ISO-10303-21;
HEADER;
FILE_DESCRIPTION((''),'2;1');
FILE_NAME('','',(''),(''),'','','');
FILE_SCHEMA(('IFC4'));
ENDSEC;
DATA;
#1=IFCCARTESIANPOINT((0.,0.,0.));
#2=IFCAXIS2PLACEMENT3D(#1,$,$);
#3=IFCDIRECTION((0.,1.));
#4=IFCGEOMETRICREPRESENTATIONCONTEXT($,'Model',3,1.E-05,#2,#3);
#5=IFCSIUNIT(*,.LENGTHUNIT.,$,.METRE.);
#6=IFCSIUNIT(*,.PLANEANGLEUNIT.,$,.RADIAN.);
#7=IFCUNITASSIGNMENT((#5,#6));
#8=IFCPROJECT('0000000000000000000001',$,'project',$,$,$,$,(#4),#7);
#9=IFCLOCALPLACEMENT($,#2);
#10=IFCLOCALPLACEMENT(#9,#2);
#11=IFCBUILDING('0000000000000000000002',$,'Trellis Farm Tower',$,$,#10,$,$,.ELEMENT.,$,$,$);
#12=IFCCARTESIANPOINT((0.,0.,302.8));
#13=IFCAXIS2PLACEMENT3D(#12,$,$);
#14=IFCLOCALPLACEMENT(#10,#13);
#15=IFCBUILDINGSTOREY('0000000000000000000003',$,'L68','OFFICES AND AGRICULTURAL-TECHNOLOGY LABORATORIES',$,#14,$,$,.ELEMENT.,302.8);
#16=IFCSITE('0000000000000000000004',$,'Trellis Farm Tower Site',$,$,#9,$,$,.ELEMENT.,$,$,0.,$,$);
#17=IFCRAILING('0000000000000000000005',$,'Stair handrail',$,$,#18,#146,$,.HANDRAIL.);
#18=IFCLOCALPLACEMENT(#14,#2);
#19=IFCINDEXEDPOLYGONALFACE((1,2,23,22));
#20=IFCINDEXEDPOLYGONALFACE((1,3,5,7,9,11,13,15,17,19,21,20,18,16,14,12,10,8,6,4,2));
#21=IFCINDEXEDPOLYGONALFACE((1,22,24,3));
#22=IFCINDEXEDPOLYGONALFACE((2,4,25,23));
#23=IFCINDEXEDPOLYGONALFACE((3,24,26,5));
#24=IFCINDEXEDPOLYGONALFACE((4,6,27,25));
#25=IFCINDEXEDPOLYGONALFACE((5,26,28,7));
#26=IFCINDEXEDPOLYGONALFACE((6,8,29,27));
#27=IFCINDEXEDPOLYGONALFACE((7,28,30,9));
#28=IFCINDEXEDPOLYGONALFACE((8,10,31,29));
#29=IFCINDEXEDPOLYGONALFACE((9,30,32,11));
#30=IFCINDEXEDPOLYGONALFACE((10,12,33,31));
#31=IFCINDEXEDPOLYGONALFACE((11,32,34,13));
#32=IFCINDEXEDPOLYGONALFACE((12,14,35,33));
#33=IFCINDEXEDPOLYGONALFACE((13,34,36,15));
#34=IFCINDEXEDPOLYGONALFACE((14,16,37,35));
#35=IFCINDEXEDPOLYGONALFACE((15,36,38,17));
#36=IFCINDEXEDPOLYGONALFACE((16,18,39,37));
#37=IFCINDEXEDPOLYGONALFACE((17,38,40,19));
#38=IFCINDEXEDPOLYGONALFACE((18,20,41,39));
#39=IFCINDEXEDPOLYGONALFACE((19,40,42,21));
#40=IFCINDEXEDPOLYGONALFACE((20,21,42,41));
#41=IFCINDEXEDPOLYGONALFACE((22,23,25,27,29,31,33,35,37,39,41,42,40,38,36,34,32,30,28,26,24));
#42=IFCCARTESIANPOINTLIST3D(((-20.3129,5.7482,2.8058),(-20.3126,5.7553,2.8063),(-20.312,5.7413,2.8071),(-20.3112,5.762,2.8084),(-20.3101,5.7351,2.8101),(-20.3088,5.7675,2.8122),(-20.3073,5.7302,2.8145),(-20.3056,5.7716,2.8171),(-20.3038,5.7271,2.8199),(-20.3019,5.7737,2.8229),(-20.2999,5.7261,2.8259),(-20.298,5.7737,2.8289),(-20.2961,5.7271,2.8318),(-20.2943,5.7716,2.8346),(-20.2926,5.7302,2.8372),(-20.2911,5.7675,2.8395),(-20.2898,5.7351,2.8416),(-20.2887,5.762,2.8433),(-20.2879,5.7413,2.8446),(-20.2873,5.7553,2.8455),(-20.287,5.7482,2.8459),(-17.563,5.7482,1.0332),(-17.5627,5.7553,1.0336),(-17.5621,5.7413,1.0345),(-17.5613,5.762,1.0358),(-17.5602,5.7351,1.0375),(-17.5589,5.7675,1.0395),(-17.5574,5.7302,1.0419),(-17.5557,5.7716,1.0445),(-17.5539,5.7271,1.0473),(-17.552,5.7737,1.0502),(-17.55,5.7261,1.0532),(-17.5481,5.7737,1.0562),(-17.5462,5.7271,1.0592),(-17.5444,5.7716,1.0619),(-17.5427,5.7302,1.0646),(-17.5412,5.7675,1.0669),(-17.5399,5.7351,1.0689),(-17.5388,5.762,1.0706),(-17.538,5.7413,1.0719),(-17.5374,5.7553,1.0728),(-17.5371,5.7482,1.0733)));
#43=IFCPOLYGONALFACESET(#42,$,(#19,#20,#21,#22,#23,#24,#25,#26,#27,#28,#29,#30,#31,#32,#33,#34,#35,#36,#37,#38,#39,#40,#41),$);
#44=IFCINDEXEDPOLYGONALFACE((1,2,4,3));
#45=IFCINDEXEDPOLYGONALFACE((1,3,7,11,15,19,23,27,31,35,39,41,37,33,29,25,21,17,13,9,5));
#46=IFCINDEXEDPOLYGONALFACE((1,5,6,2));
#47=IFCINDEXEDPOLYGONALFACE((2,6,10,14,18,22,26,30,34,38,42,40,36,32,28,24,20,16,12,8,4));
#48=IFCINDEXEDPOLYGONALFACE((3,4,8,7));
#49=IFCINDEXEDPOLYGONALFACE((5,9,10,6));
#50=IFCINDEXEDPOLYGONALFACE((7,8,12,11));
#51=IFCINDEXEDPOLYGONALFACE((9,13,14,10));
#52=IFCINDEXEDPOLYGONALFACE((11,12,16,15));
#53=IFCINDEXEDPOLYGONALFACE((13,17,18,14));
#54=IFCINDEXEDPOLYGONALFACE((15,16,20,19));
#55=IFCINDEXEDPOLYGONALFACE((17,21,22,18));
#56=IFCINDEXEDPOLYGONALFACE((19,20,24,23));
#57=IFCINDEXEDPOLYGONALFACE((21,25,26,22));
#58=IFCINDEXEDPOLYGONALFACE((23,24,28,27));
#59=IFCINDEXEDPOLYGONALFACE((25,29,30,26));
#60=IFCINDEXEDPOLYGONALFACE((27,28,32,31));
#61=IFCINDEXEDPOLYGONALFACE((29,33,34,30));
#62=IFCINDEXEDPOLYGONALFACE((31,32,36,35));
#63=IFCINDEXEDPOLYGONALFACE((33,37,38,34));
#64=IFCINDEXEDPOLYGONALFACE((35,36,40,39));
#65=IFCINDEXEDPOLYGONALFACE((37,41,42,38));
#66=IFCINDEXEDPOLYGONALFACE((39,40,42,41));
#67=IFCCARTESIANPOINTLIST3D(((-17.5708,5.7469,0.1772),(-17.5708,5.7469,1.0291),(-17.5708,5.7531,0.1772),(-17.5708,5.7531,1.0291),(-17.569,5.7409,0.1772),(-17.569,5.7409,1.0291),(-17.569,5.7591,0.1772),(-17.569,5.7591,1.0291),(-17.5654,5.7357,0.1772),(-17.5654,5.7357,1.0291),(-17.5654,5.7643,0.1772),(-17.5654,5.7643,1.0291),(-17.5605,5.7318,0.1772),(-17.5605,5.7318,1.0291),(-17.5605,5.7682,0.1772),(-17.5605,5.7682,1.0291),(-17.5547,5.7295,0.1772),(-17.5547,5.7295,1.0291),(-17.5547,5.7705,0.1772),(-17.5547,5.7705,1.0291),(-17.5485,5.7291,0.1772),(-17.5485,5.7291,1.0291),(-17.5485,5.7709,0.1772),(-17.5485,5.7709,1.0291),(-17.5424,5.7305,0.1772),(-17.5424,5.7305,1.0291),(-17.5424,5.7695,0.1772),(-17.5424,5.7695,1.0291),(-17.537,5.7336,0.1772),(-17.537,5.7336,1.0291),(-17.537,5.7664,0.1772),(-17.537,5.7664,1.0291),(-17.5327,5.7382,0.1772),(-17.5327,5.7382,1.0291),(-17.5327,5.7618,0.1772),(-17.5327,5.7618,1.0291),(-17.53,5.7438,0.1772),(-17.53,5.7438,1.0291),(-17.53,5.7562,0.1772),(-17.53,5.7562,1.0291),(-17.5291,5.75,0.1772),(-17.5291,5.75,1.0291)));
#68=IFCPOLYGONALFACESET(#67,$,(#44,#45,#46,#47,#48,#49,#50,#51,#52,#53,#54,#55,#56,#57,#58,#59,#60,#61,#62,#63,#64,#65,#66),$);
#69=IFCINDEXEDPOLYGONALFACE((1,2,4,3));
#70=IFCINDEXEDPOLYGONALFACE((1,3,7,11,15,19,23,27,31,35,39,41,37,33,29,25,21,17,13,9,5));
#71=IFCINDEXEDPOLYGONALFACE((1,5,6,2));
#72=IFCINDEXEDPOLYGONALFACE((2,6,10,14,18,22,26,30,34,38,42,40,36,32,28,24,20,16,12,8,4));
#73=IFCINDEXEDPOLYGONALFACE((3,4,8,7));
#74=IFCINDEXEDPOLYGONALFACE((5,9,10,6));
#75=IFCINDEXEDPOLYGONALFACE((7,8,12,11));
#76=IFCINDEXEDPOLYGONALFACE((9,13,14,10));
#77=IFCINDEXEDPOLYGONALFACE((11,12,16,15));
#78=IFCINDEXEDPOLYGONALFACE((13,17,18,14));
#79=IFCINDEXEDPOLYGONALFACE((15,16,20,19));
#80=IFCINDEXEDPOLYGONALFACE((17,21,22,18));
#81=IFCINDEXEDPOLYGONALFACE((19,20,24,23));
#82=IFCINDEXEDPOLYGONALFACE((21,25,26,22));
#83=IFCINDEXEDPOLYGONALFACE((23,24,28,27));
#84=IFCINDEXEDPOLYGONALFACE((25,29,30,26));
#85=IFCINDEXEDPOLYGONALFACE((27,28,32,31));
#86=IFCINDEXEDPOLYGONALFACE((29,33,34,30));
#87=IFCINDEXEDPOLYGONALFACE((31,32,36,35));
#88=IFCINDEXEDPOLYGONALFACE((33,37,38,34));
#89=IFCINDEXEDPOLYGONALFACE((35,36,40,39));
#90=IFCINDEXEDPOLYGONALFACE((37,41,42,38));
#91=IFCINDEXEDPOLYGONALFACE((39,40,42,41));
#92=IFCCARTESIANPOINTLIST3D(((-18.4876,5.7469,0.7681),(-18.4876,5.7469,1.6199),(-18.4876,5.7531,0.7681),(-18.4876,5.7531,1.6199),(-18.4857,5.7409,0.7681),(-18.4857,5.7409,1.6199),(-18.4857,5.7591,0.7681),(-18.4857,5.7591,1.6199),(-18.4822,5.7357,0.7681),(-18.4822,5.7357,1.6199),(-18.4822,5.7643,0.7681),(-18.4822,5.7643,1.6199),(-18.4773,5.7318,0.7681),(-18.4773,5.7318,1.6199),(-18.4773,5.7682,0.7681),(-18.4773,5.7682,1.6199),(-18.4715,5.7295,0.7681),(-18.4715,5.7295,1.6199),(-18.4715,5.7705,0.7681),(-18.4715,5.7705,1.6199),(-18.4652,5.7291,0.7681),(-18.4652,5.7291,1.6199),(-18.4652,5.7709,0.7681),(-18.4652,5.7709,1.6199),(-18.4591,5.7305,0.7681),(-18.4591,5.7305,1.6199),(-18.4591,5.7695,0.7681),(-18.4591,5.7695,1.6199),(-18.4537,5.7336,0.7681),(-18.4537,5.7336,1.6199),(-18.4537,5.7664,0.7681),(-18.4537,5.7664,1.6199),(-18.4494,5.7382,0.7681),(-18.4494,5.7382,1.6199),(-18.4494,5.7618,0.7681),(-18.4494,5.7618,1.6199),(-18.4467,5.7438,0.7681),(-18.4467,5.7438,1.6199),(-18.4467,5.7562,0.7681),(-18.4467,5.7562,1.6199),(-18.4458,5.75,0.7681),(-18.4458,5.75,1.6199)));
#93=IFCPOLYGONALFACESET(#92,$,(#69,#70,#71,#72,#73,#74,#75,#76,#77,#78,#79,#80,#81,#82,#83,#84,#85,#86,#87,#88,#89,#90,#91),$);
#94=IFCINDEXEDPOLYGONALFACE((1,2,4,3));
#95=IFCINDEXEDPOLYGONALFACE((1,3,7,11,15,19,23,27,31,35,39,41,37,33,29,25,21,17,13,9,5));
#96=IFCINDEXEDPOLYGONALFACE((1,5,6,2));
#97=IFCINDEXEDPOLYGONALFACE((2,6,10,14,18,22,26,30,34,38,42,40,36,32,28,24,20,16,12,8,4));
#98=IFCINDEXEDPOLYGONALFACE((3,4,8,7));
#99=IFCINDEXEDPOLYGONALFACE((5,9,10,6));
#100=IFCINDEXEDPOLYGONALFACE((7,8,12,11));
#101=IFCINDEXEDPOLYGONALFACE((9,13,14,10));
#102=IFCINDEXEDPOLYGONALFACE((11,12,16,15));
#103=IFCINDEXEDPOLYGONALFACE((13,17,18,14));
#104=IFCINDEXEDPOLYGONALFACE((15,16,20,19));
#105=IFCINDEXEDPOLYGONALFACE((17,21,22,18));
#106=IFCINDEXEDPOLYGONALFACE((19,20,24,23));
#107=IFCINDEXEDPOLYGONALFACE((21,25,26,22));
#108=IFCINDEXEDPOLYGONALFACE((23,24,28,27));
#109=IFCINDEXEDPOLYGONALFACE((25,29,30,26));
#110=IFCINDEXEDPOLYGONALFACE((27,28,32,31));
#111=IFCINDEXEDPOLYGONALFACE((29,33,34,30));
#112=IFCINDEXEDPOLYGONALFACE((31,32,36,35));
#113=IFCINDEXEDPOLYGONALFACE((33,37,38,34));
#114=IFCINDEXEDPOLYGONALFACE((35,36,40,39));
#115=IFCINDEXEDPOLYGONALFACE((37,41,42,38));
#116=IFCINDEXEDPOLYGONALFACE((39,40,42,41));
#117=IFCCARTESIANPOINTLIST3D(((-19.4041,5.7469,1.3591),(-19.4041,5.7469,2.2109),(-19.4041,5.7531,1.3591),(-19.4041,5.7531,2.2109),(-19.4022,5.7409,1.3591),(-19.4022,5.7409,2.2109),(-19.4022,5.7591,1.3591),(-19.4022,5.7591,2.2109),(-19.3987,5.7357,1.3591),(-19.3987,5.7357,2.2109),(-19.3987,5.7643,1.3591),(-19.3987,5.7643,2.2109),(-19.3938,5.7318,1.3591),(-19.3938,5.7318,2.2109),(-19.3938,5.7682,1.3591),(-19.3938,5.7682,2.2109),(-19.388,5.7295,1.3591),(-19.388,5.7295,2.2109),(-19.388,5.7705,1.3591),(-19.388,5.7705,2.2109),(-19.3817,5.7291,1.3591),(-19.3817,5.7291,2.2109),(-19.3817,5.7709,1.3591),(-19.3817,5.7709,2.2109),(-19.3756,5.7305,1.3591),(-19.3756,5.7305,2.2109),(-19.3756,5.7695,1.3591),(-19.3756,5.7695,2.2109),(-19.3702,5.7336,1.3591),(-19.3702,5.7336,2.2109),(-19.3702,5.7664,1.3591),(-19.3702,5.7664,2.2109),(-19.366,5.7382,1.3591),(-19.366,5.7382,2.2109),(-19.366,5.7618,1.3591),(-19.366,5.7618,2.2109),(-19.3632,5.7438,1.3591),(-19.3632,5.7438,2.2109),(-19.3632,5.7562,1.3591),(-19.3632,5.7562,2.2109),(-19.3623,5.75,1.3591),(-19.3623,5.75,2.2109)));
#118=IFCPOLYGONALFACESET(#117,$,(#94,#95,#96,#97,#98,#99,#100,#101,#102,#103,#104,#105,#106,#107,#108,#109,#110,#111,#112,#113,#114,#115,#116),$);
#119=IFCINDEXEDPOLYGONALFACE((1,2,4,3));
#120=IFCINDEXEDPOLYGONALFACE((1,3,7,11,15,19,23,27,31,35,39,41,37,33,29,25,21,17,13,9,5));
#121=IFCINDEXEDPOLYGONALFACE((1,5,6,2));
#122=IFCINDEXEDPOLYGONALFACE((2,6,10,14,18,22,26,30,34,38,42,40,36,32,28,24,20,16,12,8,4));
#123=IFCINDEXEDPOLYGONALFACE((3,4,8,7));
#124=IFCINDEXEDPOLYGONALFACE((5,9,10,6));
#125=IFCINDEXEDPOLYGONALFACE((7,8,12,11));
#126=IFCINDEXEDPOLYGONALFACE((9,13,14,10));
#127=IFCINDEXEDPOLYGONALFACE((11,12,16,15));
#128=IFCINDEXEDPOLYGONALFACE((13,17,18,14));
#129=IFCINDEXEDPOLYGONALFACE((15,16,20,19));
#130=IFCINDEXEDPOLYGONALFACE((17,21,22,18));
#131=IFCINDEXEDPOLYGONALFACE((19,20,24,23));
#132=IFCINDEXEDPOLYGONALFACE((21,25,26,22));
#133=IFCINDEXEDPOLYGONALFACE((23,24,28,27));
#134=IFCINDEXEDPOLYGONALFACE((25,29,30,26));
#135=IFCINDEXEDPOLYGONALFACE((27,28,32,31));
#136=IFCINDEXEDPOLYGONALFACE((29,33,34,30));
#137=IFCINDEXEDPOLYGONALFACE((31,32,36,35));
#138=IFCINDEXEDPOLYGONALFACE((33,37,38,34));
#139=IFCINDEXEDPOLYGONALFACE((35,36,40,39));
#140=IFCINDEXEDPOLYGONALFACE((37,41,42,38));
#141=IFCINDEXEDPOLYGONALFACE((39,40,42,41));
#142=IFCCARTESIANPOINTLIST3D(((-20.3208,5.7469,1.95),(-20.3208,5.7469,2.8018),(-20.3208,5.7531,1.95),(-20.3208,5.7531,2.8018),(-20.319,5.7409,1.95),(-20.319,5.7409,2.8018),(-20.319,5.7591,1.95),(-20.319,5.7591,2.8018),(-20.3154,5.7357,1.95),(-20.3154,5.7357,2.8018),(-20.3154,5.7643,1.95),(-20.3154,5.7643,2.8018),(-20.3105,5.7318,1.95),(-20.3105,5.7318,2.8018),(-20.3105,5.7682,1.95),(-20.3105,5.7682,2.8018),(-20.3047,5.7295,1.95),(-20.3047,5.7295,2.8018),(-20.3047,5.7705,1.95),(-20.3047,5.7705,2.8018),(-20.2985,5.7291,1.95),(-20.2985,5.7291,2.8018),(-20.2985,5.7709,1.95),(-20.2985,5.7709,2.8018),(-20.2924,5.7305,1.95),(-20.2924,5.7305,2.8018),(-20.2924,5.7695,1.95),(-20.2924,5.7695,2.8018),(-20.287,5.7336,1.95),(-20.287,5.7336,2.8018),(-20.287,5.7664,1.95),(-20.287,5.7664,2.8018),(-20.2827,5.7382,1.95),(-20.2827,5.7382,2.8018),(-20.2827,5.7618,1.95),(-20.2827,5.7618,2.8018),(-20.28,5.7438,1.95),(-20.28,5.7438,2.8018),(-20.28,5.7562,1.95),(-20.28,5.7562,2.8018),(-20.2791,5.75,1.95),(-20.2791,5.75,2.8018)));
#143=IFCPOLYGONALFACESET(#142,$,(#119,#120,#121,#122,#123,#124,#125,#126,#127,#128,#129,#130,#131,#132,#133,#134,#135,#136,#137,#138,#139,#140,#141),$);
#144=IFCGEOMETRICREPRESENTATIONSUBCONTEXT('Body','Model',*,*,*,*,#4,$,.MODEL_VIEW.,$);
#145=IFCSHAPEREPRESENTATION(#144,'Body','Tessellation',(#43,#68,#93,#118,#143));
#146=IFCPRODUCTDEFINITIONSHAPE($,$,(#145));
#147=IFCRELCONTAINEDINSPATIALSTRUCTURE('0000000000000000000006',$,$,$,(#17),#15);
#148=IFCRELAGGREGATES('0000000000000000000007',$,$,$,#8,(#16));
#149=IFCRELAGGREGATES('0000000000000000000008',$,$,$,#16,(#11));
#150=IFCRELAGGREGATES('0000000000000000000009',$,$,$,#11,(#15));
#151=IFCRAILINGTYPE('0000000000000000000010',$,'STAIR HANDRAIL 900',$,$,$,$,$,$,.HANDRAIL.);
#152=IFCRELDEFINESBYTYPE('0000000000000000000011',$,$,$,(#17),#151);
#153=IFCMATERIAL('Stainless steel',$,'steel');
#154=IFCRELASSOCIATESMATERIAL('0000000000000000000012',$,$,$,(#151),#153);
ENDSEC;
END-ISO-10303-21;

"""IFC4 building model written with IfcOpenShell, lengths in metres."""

from ifc_helpers import new_model, si_unit, direction, frame, origin, origin_2d, place, context, subcontext, project, spatial, circle, extrude, source, transform, mapped, material, type_object, element, save


model = new_model("IFC4")

# Units and contexts
model_context = context("Model", 3, precision=1e-05, world=origin(), true_north=direction((0.0, 1.0)))
body_context = subcontext(model_context, "Body", "Model", "MODEL_VIEW")
ifc_project = project(units=[si_unit("LENGTHUNIT", "METRE"), si_unit("PLANEANGLEUNIT", "RADIAN")], contexts=[model_context])

# Site, building, storey
site_placement = place(None, origin())
site = spatial("IfcSite", under=ifc_project, at=site_placement, Name="Trellis Farm Tower Site", CompositionType="ELEMENT", RefElevation=0.0)
building_placement = place(site_placement, origin())
building = spatial("IfcBuilding", under=site, at=building_placement, Name="Trellis Farm Tower", CompositionType="ELEMENT")
storey_placement = place(building_placement, frame((0.0, 0.0, 302.8)))
storey = spatial("IfcBuildingStorey", under=building, at=storey_placement, Name="L68", Description="OFFICES AND AGRICULTURAL-TECHNOLOGY LABORATORIES", CompositionType="ELEMENT", Elevation=302.8)

# Railing
ifc_material_1 = material(Name="Stainless steel", Category="steel")
railing_type = type_object("IfcRailingType", Name="STAIR HANDRAIL 900", PredefinedType="HANDRAIL", material=ifc_material_1)
shared_shape_1 = source(origin(), body_context, "Body", "SweptSolid", [
    extrude(circle(Radius=0.0239, at=origin_2d()), frame((0.0, 0.0, 0.876), z_axis=(-0.840504, 0.0, 0.541806), x_axis=(0.0, -1.0, 0.0)), (0.0, 0.0, 1.0), 3.2717),
    extrude(circle(Radius=0.021, at=origin_2d()), origin(), (0.0, 0.0, 1.0), 0.8518),
    extrude(circle(Radius=0.021, at=origin_2d()), frame((-0.9167, 0.0, 0.5908)), (0.0, 0.0, 1.0), 0.8518),
    extrude(circle(Radius=0.021, at=origin_2d()), frame((-1.8333, 0.0, 1.1819)), (0.0, 0.0, 1.0), 0.8518),
    extrude(circle(Radius=0.021, at=origin_2d()), frame((-2.75, 0.0, 1.7727)), (0.0, 0.0, 1.0), 0.8518),
])
for number, where, name in (
    (1, (-17.55, 5.75, 0.1772), "Stair handrail"),
):
    element("IfcRailing", number, at=place(storey_placement, frame(where)), inside=storey, type_object=railing_type, Name=name, PredefinedType="HANDRAIL", context=body_context, shape_type="MappedRepresentation", body=[
        mapped(shared_shape_1, transform((0.0, 0.0, 0.0))),
    ])

save(model, "model.ifc")
